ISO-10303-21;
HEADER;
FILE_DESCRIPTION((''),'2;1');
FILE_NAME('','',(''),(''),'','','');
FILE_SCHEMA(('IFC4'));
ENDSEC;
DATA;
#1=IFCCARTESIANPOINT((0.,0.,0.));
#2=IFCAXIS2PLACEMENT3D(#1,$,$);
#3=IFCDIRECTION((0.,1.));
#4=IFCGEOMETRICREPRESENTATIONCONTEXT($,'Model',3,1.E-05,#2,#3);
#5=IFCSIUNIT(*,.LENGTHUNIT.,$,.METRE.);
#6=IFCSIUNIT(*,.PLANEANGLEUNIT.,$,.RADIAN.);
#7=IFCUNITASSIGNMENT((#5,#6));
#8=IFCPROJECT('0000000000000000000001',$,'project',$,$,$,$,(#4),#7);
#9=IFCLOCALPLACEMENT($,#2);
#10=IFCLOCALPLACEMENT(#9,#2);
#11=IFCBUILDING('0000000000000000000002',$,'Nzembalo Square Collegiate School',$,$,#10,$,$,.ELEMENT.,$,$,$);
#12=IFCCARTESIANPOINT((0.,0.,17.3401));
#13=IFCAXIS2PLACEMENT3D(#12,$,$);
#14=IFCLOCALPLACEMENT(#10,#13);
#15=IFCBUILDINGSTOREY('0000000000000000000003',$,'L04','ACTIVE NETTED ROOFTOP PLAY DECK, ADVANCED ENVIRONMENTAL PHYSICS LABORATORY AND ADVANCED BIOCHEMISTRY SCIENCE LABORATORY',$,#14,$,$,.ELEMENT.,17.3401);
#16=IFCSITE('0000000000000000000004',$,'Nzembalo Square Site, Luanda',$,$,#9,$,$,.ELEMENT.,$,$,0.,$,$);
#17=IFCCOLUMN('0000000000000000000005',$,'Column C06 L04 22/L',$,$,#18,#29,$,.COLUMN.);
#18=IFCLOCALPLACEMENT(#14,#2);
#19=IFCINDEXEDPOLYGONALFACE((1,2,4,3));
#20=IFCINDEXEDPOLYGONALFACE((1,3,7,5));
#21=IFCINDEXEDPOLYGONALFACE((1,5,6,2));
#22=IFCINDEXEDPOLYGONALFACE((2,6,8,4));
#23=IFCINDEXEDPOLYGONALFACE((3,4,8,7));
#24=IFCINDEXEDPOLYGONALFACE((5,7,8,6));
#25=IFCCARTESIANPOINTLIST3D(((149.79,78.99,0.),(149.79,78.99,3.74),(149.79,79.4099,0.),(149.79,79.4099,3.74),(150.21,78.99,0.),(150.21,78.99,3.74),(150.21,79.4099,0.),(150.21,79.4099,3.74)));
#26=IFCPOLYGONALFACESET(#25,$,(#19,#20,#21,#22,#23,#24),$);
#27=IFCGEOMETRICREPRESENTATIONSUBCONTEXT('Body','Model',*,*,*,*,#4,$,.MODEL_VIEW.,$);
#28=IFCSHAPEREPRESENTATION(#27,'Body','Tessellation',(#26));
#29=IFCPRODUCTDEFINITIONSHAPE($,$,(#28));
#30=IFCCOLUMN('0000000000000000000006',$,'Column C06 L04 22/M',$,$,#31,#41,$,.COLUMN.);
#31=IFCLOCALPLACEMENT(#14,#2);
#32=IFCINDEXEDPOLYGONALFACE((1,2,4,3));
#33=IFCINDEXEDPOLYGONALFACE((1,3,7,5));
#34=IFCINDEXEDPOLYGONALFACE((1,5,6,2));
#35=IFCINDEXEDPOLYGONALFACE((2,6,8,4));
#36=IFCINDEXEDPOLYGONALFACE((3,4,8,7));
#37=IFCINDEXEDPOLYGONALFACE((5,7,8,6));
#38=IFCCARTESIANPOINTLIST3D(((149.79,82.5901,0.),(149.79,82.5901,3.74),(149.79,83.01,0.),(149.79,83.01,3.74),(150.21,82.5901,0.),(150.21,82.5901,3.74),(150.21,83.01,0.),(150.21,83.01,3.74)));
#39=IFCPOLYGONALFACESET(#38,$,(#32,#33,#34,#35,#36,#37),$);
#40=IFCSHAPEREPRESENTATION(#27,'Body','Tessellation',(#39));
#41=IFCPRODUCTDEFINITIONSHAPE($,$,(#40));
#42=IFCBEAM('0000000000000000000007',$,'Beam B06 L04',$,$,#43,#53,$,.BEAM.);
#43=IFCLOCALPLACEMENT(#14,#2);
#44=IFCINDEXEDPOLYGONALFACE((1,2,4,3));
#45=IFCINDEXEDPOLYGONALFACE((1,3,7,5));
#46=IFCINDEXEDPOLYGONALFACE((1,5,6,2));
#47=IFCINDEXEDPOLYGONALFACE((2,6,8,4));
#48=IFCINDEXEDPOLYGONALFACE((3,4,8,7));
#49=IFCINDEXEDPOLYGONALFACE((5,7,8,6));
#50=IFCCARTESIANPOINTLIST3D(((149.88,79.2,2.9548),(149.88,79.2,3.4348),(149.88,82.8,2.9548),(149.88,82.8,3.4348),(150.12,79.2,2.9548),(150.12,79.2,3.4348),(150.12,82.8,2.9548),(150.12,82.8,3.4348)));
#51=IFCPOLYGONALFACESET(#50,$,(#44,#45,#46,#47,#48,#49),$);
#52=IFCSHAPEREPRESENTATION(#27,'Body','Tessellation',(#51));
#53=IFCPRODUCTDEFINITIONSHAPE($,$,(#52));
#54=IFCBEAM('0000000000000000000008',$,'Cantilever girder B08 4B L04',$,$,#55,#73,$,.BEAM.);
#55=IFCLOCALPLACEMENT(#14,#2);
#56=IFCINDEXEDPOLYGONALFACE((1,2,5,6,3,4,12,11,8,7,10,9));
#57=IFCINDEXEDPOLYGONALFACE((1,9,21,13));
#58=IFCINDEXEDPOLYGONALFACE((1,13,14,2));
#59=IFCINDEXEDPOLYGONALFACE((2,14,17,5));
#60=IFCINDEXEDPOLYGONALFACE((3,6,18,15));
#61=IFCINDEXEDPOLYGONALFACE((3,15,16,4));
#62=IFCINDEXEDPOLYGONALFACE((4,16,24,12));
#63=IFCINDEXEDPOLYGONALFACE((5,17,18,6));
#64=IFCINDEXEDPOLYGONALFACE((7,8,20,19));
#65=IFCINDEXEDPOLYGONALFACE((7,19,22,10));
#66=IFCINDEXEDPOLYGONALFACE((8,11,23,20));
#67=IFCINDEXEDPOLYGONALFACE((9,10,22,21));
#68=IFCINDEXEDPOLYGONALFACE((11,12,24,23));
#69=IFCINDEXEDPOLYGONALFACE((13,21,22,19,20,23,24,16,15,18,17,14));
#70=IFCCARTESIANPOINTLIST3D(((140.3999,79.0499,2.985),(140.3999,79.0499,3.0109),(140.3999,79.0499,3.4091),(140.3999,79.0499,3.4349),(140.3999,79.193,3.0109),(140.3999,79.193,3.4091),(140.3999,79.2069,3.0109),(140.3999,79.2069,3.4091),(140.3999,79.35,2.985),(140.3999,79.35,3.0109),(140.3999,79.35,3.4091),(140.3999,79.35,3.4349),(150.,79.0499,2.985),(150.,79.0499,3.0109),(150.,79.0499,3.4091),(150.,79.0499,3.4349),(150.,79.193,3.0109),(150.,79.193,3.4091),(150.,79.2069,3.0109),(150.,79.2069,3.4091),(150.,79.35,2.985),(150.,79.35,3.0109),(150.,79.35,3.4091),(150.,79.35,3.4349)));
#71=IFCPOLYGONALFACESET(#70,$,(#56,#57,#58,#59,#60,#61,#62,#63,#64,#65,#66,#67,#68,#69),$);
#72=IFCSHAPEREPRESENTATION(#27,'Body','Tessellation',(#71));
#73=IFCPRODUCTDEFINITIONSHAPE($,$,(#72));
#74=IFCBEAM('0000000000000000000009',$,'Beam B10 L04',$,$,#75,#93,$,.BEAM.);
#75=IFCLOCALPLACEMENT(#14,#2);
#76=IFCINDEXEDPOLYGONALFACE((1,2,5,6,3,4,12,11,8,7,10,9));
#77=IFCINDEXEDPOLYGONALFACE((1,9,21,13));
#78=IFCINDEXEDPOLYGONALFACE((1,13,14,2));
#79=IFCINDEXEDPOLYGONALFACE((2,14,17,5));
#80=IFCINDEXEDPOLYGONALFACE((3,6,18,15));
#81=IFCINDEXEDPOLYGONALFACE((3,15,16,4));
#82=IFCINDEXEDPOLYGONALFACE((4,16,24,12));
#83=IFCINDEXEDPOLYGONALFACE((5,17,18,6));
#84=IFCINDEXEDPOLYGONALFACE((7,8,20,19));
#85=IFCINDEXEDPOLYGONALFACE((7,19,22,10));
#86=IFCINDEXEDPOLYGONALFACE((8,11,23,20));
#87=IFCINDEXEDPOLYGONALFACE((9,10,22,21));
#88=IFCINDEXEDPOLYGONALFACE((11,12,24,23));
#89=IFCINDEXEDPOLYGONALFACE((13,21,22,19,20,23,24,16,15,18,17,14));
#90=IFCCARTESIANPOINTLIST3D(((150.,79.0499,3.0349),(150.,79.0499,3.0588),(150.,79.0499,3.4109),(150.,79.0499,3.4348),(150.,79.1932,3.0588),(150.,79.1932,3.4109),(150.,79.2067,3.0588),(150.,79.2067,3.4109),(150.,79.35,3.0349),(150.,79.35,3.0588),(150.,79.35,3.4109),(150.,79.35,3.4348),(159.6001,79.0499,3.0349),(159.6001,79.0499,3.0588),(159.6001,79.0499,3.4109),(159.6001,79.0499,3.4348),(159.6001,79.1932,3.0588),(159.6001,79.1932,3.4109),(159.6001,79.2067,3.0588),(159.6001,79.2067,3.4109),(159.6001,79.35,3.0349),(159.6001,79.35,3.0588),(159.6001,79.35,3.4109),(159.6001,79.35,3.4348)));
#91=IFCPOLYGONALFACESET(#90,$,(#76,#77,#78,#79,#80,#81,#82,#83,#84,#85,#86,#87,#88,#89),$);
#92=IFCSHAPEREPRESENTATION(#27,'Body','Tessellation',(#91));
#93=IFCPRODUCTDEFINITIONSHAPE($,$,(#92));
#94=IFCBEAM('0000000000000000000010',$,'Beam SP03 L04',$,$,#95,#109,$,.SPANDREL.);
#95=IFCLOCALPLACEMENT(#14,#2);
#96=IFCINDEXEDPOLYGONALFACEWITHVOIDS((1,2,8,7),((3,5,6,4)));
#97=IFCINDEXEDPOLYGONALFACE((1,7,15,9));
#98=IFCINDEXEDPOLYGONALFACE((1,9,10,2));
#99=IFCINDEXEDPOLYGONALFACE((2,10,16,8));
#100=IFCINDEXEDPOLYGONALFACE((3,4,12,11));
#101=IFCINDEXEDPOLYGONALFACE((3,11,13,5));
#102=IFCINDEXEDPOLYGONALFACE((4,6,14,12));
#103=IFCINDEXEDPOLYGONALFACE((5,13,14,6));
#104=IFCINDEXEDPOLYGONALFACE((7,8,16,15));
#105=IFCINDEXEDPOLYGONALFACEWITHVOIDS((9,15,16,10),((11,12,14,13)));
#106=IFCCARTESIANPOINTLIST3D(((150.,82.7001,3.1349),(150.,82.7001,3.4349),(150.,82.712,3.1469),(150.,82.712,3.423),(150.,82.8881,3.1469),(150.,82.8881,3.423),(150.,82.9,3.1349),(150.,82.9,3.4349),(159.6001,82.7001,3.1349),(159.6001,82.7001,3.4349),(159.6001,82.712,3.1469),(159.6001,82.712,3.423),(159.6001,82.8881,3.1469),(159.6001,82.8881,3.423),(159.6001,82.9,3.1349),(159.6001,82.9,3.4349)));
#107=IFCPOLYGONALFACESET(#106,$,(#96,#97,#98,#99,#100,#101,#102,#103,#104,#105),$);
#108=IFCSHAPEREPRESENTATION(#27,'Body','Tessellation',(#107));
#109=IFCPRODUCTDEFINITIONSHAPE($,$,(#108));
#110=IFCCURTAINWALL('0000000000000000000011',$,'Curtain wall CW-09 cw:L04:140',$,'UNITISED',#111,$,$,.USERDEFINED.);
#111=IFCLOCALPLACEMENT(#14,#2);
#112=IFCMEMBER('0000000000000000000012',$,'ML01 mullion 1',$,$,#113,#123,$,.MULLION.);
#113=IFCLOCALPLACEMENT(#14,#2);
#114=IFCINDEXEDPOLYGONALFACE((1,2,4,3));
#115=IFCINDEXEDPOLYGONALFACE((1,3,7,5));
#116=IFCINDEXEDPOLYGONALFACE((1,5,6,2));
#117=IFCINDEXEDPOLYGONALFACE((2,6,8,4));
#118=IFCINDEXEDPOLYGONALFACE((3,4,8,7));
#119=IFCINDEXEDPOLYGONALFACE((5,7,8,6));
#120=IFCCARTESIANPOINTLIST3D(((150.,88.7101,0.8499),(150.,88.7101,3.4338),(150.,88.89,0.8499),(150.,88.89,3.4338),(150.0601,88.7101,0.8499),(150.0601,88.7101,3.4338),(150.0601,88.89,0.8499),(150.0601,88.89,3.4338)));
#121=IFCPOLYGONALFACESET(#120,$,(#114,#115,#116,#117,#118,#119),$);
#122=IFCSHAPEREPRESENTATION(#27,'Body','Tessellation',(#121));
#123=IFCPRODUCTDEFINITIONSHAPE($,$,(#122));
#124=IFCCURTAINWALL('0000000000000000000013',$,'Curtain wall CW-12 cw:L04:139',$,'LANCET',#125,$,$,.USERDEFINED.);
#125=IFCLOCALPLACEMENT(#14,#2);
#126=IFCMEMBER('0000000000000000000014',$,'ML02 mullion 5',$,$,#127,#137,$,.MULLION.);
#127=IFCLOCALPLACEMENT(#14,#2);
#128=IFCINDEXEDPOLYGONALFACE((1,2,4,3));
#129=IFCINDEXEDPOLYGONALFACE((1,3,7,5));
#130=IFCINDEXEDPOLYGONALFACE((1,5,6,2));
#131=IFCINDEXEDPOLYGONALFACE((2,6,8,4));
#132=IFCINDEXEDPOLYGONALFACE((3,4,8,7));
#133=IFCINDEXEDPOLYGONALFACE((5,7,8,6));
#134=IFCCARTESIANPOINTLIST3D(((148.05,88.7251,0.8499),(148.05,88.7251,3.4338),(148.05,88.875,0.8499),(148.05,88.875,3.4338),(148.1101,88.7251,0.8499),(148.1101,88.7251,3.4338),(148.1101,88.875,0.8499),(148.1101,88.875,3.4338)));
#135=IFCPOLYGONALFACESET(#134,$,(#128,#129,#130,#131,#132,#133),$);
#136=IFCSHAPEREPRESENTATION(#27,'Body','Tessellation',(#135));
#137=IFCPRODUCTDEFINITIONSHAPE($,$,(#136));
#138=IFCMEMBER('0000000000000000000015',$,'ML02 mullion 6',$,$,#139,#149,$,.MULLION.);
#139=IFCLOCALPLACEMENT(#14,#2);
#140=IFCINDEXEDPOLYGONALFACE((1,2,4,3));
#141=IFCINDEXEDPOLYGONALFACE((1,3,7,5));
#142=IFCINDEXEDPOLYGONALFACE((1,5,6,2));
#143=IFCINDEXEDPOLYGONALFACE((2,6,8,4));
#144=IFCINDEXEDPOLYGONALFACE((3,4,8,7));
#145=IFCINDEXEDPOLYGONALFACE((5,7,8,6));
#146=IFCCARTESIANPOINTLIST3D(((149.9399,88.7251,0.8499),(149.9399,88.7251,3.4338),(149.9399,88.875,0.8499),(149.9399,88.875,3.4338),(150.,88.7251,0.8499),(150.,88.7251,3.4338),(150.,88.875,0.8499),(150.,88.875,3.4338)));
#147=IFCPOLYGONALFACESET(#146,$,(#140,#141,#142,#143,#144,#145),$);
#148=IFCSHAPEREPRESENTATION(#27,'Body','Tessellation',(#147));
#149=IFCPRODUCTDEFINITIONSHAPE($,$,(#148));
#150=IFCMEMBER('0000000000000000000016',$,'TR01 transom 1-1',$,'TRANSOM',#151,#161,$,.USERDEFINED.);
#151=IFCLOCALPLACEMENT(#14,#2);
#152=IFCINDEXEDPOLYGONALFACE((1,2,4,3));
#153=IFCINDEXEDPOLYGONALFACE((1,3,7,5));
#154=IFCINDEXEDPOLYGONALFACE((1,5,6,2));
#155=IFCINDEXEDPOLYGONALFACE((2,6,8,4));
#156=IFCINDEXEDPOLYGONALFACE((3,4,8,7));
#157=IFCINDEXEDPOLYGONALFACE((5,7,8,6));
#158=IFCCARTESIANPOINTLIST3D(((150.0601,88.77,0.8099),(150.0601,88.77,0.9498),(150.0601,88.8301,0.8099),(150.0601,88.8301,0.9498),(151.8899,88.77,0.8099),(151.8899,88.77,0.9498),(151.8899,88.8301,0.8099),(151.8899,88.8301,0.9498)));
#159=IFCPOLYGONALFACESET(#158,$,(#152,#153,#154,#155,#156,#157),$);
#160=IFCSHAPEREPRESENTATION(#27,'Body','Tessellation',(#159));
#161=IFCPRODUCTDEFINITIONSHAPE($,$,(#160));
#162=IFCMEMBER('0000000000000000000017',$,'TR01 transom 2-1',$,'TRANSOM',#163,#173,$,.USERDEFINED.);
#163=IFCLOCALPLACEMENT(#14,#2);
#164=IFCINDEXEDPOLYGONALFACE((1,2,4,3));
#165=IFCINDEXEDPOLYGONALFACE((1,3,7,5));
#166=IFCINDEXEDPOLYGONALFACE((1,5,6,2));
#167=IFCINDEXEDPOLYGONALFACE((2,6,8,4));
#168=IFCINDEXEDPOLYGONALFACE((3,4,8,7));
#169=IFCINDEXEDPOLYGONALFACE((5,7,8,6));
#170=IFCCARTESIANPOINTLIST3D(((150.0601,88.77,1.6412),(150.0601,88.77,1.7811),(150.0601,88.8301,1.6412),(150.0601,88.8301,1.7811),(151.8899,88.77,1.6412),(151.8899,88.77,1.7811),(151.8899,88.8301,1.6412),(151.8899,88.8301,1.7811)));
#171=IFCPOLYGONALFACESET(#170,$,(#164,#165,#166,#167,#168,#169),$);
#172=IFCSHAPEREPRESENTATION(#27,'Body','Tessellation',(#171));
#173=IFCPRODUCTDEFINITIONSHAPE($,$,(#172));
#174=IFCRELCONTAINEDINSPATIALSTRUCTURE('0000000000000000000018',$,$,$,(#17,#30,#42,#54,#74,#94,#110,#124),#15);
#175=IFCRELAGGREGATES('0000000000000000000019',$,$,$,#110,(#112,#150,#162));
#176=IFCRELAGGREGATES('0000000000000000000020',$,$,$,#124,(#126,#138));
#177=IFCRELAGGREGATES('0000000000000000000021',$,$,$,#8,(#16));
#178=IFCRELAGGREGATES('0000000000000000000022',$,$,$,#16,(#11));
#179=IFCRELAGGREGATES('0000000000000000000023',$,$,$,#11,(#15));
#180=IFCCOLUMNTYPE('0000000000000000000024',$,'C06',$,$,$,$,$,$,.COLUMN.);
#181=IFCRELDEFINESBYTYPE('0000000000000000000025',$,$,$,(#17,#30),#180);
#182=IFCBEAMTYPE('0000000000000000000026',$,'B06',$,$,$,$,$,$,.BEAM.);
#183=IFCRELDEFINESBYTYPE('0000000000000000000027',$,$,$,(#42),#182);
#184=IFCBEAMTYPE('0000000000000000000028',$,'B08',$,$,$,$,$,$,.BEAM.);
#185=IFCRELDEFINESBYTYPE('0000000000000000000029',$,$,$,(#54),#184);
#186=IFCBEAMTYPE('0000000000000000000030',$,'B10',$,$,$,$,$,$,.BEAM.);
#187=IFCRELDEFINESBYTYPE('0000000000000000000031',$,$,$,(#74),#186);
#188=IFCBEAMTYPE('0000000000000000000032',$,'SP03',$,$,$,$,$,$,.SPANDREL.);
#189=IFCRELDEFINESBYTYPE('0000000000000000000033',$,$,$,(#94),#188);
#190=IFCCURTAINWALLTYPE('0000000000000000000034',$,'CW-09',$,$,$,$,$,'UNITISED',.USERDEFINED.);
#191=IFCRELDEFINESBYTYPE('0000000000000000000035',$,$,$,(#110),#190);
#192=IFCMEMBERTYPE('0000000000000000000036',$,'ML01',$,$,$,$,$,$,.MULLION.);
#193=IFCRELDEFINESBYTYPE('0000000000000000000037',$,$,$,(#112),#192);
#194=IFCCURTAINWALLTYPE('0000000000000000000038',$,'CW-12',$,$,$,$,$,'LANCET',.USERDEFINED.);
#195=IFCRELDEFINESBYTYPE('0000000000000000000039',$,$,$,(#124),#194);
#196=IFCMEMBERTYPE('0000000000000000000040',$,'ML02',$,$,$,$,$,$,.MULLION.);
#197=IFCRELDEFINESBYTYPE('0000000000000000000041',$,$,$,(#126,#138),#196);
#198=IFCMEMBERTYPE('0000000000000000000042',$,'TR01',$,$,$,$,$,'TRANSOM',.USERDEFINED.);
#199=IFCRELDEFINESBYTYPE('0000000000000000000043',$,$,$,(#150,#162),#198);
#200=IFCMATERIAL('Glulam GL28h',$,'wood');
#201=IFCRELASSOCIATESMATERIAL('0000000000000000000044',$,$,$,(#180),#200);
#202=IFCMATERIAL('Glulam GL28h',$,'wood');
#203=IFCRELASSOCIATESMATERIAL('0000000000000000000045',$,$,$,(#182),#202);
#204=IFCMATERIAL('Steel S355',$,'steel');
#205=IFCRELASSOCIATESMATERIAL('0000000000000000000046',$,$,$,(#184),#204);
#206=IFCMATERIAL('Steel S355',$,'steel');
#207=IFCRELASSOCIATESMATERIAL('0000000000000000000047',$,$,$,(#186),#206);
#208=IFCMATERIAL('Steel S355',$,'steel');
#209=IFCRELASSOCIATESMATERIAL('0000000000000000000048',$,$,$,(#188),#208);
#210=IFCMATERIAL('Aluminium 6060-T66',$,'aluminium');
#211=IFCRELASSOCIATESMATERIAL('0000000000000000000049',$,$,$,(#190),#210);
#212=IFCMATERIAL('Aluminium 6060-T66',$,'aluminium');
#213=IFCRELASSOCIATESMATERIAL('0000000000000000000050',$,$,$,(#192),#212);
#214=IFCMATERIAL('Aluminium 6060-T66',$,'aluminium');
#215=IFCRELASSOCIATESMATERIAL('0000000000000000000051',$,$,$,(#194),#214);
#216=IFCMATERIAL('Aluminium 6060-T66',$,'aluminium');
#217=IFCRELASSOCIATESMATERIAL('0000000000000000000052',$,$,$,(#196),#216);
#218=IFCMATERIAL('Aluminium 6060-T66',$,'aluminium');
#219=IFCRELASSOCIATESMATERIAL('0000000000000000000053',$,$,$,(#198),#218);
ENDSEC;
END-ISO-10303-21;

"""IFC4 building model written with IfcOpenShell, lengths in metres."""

from ifc_helpers import new_model, si_unit, direction, frame, origin, origin_2d, place, context, subcontext, project, spatial, rectangle, hollow_rectangle, i_section, extrude, material, material_profile, profile_set, type_object, element, aggregate, save


model = new_model("IFC4")

# Units and contexts
model_context = context("Model", 3, precision=1e-05, world=origin(), true_north=direction((0.0, 1.0)))
body_context = subcontext(model_context, "Body", "Model", "MODEL_VIEW")
ifc_project = project(units=[si_unit("LENGTHUNIT", "METRE"), si_unit("PLANEANGLEUNIT", "RADIAN")], contexts=[model_context])

# Site, building, storey
site_placement = place(None, origin())
site = spatial("IfcSite", under=ifc_project, at=site_placement, Name="Nzembalo Square Site, Luanda", CompositionType="ELEMENT", RefElevation=0.0)
building_placement = place(site_placement, origin())
building = spatial("IfcBuilding", under=site, at=building_placement, Name="Nzembalo Square Collegiate School", CompositionType="ELEMENT")
storey_placement = place(building_placement, frame((0.0, 0.0, 17.3401)))
storey = spatial("IfcBuildingStorey", under=building, at=storey_placement, Name="L04", Description="ACTIVE NETTED ROOFTOP PLAY DECK, ADVANCED ENVIRONMENTAL PHYSICS LABORATORY AND ADVANCED BIOCHEMISTRY SCIENCE LABORATORY", CompositionType="ELEMENT", Elevation=17.3401)

# Columns
ifc_material_1 = material(Name="Glulam GL28h", Category="wood")
ifc_material_profile_1 = material_profile(ifc_material_1, rectangle(XDim=0.4199, YDim=0.4199, at=origin_2d()), Name="GL28h 420x420")
ifc_profile_set_1 = profile_set([ifc_material_profile_1], Name="Glulam GL28h")
column_type = type_object("IfcColumnType", Name="C06", PredefinedType="COLUMN", material=ifc_profile_set_1)
for number, where, z_axis, x_axis, name in (
    (1, (150.0, 79.2, 0.0), (0.0, 0.0, 1.0), (1.0, 0.0, 0.0), "Column C06 L04 22/L"),
    (2, (150.0, 82.8, 0.0), (0.0, 0.0, 1.0), (1.0, 0.0, 0.0), "Column C06 L04 22/M"),
):
    element("IfcColumn", number, at=place(storey_placement, frame(where, z_axis=z_axis, x_axis=x_axis)), inside=storey, type_object=column_type, Name=name, PredefinedType="COLUMN", context=body_context, shape_type="SweptSolid", body=[
        extrude(rectangle(XDim=0.4199, YDim=0.4199, at=origin_2d()), origin(), (0.0, 0.0, 1.0), 3.74),
    ])

# Beams
ifc_material_2 = material(Name="Glulam GL28h", Category="wood")
ifc_material_profile_2 = material_profile(ifc_material_2, rectangle(XDim=0.24, YDim=0.48, at=origin_2d()), Name="GL28h 240x480")
ifc_profile_set_2 = profile_set([ifc_material_profile_2], Name="Glulam GL28h")
beam_type_1 = type_object("IfcBeamType", Name="B06", PredefinedType="BEAM", material=ifc_profile_set_2)
beam_1_placement = place(storey_placement, frame((150.0, 79.2, 3.1948), z_axis=(0.0, 1.0, 0.0), x_axis=(-1.0, 0.0, 0.0)))
element("IfcBeam", 3, at=beam_1_placement, inside=storey, type_object=beam_type_1, Name="Beam B06 L04", PredefinedType="BEAM", context=body_context, shape_type="SweptSolid", body=[
    extrude(rectangle(XDim=0.24, YDim=0.48, at=origin_2d()), origin(), (0.0, 0.0, 1.0), 3.6001),
])
ifc_material_3 = material(Name="Steel S355", Category="steel")
ifc_material_profile_3 = material_profile(ifc_material_3, i_section(OverallWidth=0.3, OverallDepth=0.45, WebThickness=0.0139, FlangeThickness=0.0259, at=origin_2d()), Name="HEB 450")
ifc_profile_set_3 = profile_set([ifc_material_profile_3], Name="Steel S355")
beam_type_2 = type_object("IfcBeamType", Name="B08", PredefinedType="BEAM", material=ifc_profile_set_3)
beam_2_placement = place(storey_placement, frame((150.0, 79.2, 3.21), z_axis=(-1.0, 0.0, 0.0), x_axis=(0.0, -1.0, 0.0)))
element("IfcBeam", 4, at=beam_2_placement, inside=storey, type_object=beam_type_2, Name="Cantilever girder B08 4B L04", PredefinedType="BEAM", context=body_context, shape_type="SweptSolid", body=[
    extrude(i_section(OverallWidth=0.3, OverallDepth=0.45, WebThickness=0.0139, FlangeThickness=0.0259, at=origin_2d()), origin(), (0.0, 0.0, 1.0), 9.6001),
])
ifc_material_4 = material(Name="Steel S355", Category="steel")
ifc_material_profile_4 = material_profile(ifc_material_4, i_section(OverallWidth=0.3, OverallDepth=0.3999, WebThickness=0.0134, FlangeThickness=0.0239, at=origin_2d()), Name="HEB 400")
ifc_profile_set_4 = profile_set([ifc_material_profile_4], Name="Steel S355")
beam_type_3 = type_object("IfcBeamType", Name="B10", PredefinedType="BEAM", material=ifc_profile_set_4)
beam_3_placement = place(storey_placement, frame((150.0, 79.2, 3.2349), z_axis=(1.0, 0.0, 0.0), x_axis=(0.0, 1.0, 0.0)))
element("IfcBeam", 5, at=beam_3_placement, inside=storey, type_object=beam_type_3, Name="Beam B10 L04", PredefinedType="BEAM", context=body_context, shape_type="SweptSolid", body=[
    extrude(i_section(OverallWidth=0.3, OverallDepth=0.3999, WebThickness=0.0134, FlangeThickness=0.0239, at=origin_2d()), origin(), (0.0, 0.0, 1.0), 9.6001),
])
ifc_material_5 = material(Name="Steel S355", Category="steel")
ifc_material_profile_5 = material_profile(ifc_material_5, hollow_rectangle(XDim=0.2, YDim=0.3, WallThickness=0.012, at=origin_2d()), Name="RHS 300x200x12")
ifc_profile_set_5 = profile_set([ifc_material_profile_5], Name="Steel S355")
beam_type_4 = type_object("IfcBeamType", Name="SP03", PredefinedType="SPANDREL", material=ifc_profile_set_5)
beam_4_placement = place(storey_placement, frame((150.0, 82.8, 3.2849), z_axis=(1.0, 0.0, 0.0), x_axis=(0.0, 1.0, 0.0)))
element("IfcBeam", 6, at=beam_4_placement, inside=storey, type_object=beam_type_4, Name="Beam SP03 L04", PredefinedType="SPANDREL", context=body_context, shape_type="SweptSolid", body=[
    extrude(hollow_rectangle(XDim=0.2, YDim=0.3, WallThickness=0.012, at=origin_2d()), origin(), (0.0, 0.0, 1.0), 9.6001),
])

# Curtain wall, member
ifc_material_6 = material(Name="Aluminium 6060-T66", Category="aluminium")
curtain_wall_type_1 = type_object("IfcCurtainWallType", Name="CW-09", ElementType="UNITISED", PredefinedType="USERDEFINED", material=ifc_material_6)
curtain_wall_1_placement = place(storey_placement, origin())
curtain_wall_1 = element("IfcCurtainWall", 7, at=curtain_wall_1_placement, inside=storey, type_object=curtain_wall_type_1, Name="Curtain wall CW-09 cw:L04:140", ObjectType="UNITISED", PredefinedType="USERDEFINED")
ifc_material_7 = material(Name="Aluminium 6060-T66", Category="aluminium")
ifc_material_profile_6 = material_profile(ifc_material_7, rectangle(XDim=0.0601, YDim=0.1799, at=origin_2d()), Name="ALU M60x180")
ifc_profile_set_6 = profile_set([ifc_material_profile_6], Name="Aluminium 6060-T66")
member_type_1 = type_object("IfcMemberType", Name="ML01", PredefinedType="MULLION", material=ifc_profile_set_6)
member_1_placement = place(storey_placement, frame((150.03, 88.8, 0.8499), z_axis=(0.0, 0.0, 1.0), x_axis=(1.0, 0.0, 0.0)))
member_1 = element("IfcMember", 8, at=member_1_placement, type_object=member_type_1, Name="ML01 mullion 1", PredefinedType="MULLION", context=body_context, shape_type="SweptSolid", body=[
    extrude(rectangle(XDim=0.0601, YDim=0.1799, at=origin_2d()), origin(), (0.0, 0.0, 1.0), 2.584),
])

# Curtain wall, members
ifc_material_8 = material(Name="Aluminium 6060-T66", Category="aluminium")
curtain_wall_type_2 = type_object("IfcCurtainWallType", Name="CW-12", ElementType="LANCET", PredefinedType="USERDEFINED", material=ifc_material_8)
curtain_wall_2_placement = place(storey_placement, origin())
curtain_wall_2 = element("IfcCurtainWall", 9, at=curtain_wall_2_placement, inside=storey, type_object=curtain_wall_type_2, Name="Curtain wall CW-12 cw:L04:139", ObjectType="LANCET", PredefinedType="USERDEFINED")
ifc_material_9 = material(Name="Aluminium 6060-T66", Category="aluminium")
ifc_material_profile_7 = material_profile(ifc_material_9, rectangle(XDim=0.0601, YDim=0.1499, at=origin_2d()), Name="ALU M60x150")
ifc_profile_set_7 = profile_set([ifc_material_profile_7], Name="Aluminium 6060-T66")
member_type_2 = type_object("IfcMemberType", Name="ML02", PredefinedType="MULLION", material=ifc_profile_set_7)
member_2_placement = place(storey_placement, frame((148.0801, 88.8, 0.8499), z_axis=(0.0, 0.0, 1.0), x_axis=(1.0, 0.0, 0.0)))
member_2 = element("IfcMember", 10, at=member_2_placement, type_object=member_type_2, Name="ML02 mullion 5", PredefinedType="MULLION", context=body_context, shape_type="SweptSolid", body=[
    extrude(rectangle(XDim=0.0601, YDim=0.1499, at=origin_2d()), origin(), (0.0, 0.0, 1.0), 2.584),
])
member_3_placement = place(storey_placement, frame((149.97, 88.8, 0.8499), z_axis=(0.0, 0.0, 1.0), x_axis=(1.0, 0.0, 0.0)))
member_3 = element("IfcMember", 11, at=member_3_placement, type_object=member_type_2, Name="ML02 mullion 6", PredefinedType="MULLION", context=body_context, shape_type="SweptSolid", body=[
    extrude(rectangle(XDim=0.0601, YDim=0.1499, at=origin_2d()), origin(), (0.0, 0.0, 1.0), 2.584),
])

# Members
ifc_material_10 = material(Name="Aluminium 6060-T66", Category="aluminium")
ifc_material_profile_8 = material_profile(ifc_material_10, rectangle(XDim=0.0601, YDim=0.1399, at=origin_2d()), Name="ALU T60x140")
ifc_profile_set_8 = profile_set([ifc_material_profile_8], Name="Aluminium 6060-T66")
member_type_3 = type_object("IfcMemberType", Name="TR01", ElementType="TRANSOM", PredefinedType="USERDEFINED", material=ifc_profile_set_8)
member_4_placement = place(storey_placement, frame((150.0601, 88.8, 0.8799), z_axis=(1.0, 0.0, 0.0), x_axis=(0.0, 1.0, 0.0)))
member_4 = element("IfcMember", 12, at=member_4_placement, type_object=member_type_3, Name="TR01 transom 1-1", ObjectType="TRANSOM", PredefinedType="USERDEFINED", context=body_context, shape_type="SweptSolid", body=[
    extrude(rectangle(XDim=0.0601, YDim=0.1399, at=origin_2d()), origin(), (0.0, 0.0, 1.0), 1.8298),
])
member_5_placement = place(storey_placement, frame((150.0601, 88.8, 1.7112), z_axis=(1.0, 0.0, 0.0), x_axis=(0.0, 1.0, 0.0)))
member_5 = element("IfcMember", 13, at=member_5_placement, type_object=member_type_3, Name="TR01 transom 2-1", ObjectType="TRANSOM", PredefinedType="USERDEFINED", context=body_context, shape_type="SweptSolid", body=[
    extrude(rectangle(XDim=0.0601, YDim=0.1399, at=origin_2d()), origin(), (0.0, 0.0, 1.0), 1.8298),
])

aggregate(curtain_wall_1, [member_1, member_4, member_5])
aggregate(curtain_wall_2, [member_2, member_3])

save(model, "model.ifc")
